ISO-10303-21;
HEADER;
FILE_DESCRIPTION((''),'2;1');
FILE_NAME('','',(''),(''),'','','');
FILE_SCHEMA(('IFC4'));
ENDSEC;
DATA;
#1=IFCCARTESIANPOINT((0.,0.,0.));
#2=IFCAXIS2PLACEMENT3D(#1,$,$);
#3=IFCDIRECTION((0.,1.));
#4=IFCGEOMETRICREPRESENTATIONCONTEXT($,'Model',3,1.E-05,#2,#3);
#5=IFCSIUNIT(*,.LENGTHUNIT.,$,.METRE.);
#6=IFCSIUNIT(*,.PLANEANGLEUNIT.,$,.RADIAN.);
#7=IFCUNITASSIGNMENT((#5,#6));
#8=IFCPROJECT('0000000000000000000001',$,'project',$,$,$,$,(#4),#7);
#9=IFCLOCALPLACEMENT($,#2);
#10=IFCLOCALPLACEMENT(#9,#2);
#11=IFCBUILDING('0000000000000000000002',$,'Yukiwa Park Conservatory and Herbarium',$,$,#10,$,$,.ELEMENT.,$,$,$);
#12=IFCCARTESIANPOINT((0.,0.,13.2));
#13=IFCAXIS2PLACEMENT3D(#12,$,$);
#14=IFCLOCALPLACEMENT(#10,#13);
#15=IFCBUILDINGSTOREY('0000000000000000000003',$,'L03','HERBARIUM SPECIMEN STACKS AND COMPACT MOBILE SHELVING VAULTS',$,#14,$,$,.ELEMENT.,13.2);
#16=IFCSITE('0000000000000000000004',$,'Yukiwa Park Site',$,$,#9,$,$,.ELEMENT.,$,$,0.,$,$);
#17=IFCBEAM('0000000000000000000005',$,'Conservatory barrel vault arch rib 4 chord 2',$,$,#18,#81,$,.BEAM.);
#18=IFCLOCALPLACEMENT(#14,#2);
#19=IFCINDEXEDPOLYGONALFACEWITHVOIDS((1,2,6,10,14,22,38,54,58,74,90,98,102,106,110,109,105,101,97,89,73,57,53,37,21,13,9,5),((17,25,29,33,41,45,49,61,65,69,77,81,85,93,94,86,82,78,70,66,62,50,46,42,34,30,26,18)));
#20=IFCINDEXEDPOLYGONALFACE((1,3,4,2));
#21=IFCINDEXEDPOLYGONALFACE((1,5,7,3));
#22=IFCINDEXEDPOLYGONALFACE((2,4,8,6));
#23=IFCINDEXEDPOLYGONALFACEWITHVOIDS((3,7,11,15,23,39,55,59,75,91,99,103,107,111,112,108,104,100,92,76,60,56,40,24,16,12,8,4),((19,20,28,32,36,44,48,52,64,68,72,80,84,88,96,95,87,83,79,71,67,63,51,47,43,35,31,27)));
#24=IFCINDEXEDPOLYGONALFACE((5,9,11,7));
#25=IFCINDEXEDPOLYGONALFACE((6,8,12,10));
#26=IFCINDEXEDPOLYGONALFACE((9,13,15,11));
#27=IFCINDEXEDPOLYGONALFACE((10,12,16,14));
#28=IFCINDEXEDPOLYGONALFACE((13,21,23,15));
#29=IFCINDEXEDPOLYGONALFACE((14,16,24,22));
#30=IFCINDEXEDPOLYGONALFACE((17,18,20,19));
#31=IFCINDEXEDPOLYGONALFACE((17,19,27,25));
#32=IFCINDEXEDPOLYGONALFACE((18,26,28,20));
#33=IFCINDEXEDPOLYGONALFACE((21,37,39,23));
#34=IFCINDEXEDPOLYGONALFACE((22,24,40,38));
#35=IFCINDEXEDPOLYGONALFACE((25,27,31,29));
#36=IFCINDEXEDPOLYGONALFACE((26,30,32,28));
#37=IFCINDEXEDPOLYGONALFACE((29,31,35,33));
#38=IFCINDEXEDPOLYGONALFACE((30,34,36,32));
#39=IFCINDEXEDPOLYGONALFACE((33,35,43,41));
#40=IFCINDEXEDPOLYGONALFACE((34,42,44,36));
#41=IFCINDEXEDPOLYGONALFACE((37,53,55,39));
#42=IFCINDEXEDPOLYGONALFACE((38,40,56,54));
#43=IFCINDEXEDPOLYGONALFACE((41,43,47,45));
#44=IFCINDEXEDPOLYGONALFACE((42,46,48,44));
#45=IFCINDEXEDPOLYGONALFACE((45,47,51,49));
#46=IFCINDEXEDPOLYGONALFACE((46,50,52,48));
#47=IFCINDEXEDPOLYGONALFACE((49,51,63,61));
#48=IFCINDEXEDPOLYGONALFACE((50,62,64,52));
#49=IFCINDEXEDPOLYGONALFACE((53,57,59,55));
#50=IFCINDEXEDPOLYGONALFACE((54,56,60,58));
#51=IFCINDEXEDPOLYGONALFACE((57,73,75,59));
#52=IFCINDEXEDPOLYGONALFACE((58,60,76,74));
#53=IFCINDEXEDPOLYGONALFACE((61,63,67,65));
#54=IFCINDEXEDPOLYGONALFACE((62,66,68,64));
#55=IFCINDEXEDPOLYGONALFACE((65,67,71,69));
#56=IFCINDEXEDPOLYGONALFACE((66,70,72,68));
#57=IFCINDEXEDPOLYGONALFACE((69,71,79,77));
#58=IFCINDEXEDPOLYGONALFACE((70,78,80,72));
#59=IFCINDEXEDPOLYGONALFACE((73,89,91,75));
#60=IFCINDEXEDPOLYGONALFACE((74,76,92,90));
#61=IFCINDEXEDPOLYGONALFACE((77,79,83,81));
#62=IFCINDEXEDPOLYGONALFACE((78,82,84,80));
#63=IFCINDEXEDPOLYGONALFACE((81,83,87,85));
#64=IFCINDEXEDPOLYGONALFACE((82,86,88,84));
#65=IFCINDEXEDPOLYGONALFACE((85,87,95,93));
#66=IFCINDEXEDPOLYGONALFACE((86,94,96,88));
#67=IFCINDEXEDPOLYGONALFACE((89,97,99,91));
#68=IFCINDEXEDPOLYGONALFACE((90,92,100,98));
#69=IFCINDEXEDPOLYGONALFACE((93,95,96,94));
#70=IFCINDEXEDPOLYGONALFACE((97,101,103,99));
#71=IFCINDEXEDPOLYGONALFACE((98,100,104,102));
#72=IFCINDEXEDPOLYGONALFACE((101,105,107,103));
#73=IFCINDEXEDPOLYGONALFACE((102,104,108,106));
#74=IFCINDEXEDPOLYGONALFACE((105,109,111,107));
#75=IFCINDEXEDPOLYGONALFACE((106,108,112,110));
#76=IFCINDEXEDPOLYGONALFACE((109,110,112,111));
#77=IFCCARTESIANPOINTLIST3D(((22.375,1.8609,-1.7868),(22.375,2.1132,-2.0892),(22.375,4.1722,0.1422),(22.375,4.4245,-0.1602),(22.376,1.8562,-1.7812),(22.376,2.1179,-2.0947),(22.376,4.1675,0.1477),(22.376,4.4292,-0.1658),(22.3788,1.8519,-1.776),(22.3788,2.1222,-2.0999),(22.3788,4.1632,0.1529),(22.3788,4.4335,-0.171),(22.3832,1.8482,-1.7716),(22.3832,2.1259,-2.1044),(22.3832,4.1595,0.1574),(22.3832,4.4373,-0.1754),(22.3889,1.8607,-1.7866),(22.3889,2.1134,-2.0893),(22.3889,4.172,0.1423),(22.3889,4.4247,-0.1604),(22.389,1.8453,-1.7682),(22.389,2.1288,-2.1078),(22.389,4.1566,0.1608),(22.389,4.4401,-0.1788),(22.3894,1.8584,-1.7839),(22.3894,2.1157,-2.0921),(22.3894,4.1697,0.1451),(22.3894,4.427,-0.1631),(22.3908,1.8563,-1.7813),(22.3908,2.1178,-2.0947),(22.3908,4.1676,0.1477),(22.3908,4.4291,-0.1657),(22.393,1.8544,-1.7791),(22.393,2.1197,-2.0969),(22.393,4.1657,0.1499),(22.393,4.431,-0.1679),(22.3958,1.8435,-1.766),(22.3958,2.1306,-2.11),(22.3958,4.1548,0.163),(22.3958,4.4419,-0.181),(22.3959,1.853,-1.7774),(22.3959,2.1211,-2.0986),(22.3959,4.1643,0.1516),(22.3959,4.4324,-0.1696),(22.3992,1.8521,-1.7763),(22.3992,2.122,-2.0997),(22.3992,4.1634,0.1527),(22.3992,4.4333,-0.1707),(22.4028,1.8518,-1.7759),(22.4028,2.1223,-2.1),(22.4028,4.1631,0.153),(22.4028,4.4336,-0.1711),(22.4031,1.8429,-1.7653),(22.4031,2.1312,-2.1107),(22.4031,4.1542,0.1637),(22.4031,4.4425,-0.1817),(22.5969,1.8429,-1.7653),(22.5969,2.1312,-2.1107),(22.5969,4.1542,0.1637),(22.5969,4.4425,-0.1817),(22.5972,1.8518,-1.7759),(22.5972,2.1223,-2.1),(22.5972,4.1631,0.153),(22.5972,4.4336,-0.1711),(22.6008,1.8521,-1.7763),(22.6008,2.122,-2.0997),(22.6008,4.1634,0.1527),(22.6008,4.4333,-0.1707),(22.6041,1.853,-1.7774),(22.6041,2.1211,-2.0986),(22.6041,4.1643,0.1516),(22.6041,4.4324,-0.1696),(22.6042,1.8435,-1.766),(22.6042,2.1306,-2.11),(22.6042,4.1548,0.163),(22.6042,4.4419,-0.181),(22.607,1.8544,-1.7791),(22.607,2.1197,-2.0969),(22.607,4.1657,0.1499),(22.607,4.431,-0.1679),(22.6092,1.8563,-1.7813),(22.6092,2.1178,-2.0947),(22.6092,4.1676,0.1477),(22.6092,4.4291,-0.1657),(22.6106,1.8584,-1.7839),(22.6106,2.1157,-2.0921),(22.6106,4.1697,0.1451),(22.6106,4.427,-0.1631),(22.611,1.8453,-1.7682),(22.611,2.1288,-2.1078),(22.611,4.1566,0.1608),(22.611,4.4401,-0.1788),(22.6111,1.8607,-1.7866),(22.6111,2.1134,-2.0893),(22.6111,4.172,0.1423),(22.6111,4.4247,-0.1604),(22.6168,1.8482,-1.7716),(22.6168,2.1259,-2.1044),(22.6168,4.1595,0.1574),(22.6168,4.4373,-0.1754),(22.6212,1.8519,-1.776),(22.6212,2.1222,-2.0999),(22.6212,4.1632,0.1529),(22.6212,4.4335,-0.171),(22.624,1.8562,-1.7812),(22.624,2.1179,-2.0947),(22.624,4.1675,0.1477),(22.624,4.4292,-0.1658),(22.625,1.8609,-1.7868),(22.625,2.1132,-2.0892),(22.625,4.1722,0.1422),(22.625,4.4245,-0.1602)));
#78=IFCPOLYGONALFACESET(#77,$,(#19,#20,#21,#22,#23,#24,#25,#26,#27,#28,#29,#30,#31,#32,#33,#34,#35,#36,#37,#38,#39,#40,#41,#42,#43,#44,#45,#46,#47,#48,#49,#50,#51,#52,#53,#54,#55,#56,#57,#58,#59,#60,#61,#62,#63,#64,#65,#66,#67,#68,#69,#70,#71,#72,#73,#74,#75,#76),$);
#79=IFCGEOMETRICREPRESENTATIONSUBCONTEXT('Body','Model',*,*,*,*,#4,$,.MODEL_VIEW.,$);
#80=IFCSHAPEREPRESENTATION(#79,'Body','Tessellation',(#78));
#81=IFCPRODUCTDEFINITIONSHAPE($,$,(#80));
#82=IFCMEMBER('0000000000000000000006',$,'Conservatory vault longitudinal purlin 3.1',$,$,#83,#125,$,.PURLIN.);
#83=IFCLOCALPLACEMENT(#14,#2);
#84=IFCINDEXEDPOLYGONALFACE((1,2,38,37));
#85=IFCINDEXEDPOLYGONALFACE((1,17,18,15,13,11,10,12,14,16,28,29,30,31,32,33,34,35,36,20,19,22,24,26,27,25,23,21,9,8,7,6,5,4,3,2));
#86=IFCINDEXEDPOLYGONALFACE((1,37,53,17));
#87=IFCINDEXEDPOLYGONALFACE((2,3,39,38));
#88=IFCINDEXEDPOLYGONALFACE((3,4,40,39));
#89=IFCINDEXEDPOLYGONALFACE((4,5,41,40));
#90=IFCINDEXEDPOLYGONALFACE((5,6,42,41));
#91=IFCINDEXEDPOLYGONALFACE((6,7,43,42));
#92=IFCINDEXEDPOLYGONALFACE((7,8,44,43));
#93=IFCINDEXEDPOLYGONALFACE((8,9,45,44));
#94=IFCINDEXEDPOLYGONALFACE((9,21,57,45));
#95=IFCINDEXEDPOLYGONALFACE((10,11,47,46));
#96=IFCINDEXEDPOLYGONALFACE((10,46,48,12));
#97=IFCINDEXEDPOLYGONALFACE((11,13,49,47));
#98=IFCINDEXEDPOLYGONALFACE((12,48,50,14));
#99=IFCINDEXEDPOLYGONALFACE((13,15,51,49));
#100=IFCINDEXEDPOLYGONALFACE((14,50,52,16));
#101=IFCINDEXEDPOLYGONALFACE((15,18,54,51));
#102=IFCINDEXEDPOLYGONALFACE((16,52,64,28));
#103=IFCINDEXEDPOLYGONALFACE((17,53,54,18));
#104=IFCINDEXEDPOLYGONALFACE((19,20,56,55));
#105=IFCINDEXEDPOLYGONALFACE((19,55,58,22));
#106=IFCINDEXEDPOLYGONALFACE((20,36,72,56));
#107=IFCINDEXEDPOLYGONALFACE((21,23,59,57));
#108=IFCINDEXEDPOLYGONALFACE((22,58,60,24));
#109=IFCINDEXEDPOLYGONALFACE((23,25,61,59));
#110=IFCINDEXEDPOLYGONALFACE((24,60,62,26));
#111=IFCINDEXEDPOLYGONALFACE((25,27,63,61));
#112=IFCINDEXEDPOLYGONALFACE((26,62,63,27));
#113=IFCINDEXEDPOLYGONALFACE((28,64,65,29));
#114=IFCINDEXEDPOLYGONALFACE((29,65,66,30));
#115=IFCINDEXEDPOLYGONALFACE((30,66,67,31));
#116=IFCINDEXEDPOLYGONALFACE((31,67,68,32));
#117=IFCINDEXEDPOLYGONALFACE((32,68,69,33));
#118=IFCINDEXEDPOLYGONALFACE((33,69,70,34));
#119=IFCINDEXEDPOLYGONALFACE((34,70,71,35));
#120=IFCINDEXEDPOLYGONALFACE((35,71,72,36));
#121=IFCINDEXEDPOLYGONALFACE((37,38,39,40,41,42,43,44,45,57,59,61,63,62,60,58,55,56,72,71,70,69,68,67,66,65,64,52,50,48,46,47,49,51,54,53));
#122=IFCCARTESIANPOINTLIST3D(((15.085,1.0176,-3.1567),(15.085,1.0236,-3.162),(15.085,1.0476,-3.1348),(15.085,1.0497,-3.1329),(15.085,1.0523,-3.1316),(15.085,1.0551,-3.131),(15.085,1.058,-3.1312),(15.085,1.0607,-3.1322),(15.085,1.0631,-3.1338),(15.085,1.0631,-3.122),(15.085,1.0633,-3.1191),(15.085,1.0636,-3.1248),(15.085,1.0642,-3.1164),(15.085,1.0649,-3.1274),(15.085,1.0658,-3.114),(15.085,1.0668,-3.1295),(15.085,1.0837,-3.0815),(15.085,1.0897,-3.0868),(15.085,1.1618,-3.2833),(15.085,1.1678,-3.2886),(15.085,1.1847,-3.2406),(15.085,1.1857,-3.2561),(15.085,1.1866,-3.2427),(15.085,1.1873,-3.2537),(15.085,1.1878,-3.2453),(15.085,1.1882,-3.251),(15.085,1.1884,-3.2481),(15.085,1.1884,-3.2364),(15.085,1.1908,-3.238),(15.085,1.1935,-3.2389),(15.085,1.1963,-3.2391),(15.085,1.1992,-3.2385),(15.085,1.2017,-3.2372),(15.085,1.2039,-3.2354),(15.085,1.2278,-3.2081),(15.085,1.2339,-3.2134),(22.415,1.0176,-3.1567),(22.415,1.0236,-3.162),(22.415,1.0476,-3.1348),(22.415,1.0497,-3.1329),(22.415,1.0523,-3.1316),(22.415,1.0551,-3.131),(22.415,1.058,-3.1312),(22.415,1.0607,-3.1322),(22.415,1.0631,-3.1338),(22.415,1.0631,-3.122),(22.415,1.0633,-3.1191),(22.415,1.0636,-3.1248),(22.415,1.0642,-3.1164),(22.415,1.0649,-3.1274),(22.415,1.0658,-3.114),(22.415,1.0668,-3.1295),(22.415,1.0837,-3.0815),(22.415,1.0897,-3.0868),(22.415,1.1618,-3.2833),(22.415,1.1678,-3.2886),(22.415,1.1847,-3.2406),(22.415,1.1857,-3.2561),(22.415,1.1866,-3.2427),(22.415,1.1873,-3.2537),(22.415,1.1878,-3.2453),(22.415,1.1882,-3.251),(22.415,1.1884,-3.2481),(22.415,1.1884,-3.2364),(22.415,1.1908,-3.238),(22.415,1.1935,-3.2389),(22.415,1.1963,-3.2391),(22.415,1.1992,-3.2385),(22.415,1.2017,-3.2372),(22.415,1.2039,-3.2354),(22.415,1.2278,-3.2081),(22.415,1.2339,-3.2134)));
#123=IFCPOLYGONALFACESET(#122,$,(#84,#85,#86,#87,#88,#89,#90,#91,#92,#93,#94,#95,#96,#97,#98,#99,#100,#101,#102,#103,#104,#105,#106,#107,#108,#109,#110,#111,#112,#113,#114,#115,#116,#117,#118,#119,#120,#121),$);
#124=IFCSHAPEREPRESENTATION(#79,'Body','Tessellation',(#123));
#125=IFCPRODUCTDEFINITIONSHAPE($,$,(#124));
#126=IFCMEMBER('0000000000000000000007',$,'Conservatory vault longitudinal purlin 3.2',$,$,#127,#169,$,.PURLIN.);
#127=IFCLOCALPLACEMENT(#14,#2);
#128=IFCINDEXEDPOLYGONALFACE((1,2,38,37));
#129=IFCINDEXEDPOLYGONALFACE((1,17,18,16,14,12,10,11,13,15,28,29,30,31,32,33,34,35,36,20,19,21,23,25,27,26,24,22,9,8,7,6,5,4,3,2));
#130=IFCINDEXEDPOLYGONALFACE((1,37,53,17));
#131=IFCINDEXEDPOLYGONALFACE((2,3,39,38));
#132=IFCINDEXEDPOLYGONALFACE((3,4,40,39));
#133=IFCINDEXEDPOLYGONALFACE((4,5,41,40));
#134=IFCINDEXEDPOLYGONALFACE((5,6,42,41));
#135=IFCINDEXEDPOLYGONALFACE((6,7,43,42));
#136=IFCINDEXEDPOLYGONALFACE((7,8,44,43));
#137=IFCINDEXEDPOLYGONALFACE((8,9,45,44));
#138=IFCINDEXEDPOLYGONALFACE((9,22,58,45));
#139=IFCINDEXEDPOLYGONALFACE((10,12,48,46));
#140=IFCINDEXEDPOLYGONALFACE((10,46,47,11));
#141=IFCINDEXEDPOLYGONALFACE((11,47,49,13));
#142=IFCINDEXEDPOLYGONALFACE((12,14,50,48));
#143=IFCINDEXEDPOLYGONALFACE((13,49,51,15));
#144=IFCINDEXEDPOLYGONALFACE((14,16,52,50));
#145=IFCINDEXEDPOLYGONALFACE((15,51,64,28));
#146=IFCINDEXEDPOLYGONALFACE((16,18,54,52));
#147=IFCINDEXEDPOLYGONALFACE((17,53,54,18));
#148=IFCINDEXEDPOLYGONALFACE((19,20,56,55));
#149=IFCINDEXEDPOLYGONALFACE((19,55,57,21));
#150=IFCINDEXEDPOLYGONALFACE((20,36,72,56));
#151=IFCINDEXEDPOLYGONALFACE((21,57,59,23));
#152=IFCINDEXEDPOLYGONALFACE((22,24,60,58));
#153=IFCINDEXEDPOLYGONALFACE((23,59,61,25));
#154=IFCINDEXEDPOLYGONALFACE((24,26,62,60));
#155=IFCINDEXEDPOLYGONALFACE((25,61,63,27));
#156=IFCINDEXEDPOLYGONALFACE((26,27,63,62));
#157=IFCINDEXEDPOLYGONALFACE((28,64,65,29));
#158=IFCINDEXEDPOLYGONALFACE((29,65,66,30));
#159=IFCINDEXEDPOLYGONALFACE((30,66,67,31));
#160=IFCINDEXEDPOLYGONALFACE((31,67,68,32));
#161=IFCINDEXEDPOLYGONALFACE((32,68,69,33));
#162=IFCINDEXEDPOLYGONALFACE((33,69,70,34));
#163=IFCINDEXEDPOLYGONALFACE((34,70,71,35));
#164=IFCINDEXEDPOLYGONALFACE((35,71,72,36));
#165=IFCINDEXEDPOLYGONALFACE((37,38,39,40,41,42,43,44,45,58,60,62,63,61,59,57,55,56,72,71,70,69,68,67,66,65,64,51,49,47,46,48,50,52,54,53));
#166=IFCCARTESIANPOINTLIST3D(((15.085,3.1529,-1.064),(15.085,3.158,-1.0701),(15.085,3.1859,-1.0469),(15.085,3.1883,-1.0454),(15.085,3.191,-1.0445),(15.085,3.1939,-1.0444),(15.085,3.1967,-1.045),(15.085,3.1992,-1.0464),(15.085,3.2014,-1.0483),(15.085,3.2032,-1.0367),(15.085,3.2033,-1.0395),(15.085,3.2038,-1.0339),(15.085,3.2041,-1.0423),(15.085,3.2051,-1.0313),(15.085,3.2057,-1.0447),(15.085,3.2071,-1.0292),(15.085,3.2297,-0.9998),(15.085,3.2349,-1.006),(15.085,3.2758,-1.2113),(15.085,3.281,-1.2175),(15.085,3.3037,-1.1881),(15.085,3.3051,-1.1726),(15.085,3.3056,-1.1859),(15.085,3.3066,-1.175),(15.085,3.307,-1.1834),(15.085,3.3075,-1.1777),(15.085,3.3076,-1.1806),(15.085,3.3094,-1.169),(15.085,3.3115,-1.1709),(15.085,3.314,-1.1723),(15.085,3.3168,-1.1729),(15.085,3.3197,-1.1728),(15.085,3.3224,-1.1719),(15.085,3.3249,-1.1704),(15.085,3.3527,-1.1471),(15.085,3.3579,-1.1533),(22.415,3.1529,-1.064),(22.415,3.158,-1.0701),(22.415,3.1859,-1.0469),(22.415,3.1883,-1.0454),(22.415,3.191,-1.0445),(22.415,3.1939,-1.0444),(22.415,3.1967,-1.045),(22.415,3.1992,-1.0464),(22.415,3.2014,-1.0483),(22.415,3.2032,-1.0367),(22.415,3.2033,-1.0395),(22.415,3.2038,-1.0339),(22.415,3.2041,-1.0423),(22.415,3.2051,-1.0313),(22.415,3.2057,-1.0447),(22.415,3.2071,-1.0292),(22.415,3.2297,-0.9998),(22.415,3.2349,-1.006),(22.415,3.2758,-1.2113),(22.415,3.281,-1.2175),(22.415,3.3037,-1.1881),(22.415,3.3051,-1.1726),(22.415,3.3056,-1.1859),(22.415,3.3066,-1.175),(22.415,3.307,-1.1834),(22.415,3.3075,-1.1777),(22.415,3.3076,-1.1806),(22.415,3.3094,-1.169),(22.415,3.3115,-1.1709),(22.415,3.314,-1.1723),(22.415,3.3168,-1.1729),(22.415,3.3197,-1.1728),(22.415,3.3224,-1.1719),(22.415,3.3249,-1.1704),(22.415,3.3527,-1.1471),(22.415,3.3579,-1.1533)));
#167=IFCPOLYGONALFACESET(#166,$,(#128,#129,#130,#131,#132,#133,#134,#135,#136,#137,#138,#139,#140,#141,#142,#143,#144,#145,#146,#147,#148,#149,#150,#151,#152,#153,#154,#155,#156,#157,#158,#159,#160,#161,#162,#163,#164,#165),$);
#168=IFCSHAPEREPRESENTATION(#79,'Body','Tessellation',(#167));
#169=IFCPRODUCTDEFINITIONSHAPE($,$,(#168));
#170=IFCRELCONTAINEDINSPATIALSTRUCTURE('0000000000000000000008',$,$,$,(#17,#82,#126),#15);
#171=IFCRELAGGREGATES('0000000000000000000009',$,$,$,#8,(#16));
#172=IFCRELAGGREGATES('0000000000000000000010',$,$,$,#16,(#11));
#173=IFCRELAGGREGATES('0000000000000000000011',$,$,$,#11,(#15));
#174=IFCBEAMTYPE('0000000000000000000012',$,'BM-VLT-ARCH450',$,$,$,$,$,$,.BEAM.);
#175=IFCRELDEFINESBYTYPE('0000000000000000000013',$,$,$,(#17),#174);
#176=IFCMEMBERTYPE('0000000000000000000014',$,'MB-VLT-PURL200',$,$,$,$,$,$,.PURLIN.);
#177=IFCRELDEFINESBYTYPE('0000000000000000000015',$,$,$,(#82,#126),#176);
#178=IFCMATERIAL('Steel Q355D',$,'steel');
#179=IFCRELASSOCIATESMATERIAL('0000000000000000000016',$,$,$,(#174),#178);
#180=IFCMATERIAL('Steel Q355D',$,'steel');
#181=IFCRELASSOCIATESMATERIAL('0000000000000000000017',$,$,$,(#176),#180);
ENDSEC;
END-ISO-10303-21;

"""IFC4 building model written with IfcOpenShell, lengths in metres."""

from ifc_helpers import new_model, si_unit, direction, frame, origin, origin_2d, place, context, subcontext, project, spatial, hollow_rectangle, i_section, extrude, material, material_profile, profile_set, type_object, element, save


model = new_model("IFC4")

# Units and contexts
model_context = context("Model", 3, precision=1e-05, world=origin(), true_north=direction((0.0, 1.0)))
body_context = subcontext(model_context, "Body", "Model", "MODEL_VIEW")
ifc_project = project(units=[si_unit("LENGTHUNIT", "METRE"), si_unit("PLANEANGLEUNIT", "RADIAN")], contexts=[model_context])

# Site, building, storey
site_placement = place(None, origin())
site = spatial("IfcSite", under=ifc_project, at=site_placement, Name="Yukiwa Park Site", CompositionType="ELEMENT", RefElevation=0.0)
building_placement = place(site_placement, origin())
building = spatial("IfcBuilding", under=site, at=building_placement, Name="Yukiwa Park Conservatory and Herbarium", CompositionType="ELEMENT")
storey_placement = place(building_placement, frame((0.0, 0.0, 13.2)))
storey = spatial("IfcBuildingStorey", under=building, at=storey_placement, Name="L03", Description="HERBARIUM SPECIMEN STACKS AND COMPACT MOBILE SHELVING VAULTS", CompositionType="ELEMENT", Elevation=13.2)

# Beam
ifc_material_1 = material(Name="Steel Q355D", Category="steel")
ifc_material_profile_1 = material_profile(ifc_material_1, hollow_rectangle(XDim=0.25, YDim=0.45, WallThickness=0.0139, InnerFilletRadius=0.0139, OuterFilletRadius=0.0281, at=origin_2d()), Name="RHS 450x250x14")
ifc_profile_set_1 = profile_set([ifc_material_profile_1], Name="Steel Q355D")
beam_type = type_object("IfcBeamType", Name="BM-VLT-ARCH450", PredefinedType="BEAM", material=ifc_profile_set_1)
beam_placement = place(storey_placement, frame((22.5, 1.9871, -1.938), z_axis=(0.0, 0.767749, 0.640751), x_axis=(-1.0, 0.0, 0.0)))
element("IfcBeam", 1, at=beam_placement, inside=storey, type_object=beam_type, Name="Conservatory barrel vault arch rib 4 chord 2", PredefinedType="BEAM", context=body_context, shape_type="SweptSolid", body=[
    extrude(hollow_rectangle(XDim=0.25, YDim=0.45, WallThickness=0.0139, InnerFilletRadius=0.0139, OuterFilletRadius=0.0281, at=origin_2d()), origin(), (0.0, 0.0, 1.0), 3.0105),
])

# Members
ifc_material_2 = material(Name="Steel Q355D", Category="steel")
ifc_material_profile_2 = material_profile(ifc_material_2, i_section(OverallWidth=0.1001, OverallDepth=0.2, WebThickness=0.0056, FlangeThickness=0.0081, FilletRadius=0.011, at=origin_2d()), Name="HN 200x100x5.5x8")
ifc_profile_set_2 = profile_set([ifc_material_profile_2], Name="Steel Q355D")
member_type_1 = type_object("IfcMemberType", Name="MB-VLT-PURL200", PredefinedType="PURLIN", material=ifc_profile_set_2)
for number, where, z_axis, x_axis, name in (
    (2, (15.085, 1.1257, -3.1851), (1.0, 0.0, 0.0), (0.0, 0.659968, 0.751294), "Conservatory vault longitudinal purlin 3.1"),
    (3, (15.085, 3.2554, -1.1086), (1.0, 0.0, 0.0), (0.0, 0.767751, 0.640748), "Conservatory vault longitudinal purlin 3.2"),
):
    element("IfcMember", number, at=place(storey_placement, frame(where, z_axis=z_axis, x_axis=x_axis)), inside=storey, type_object=member_type_1, Name=name, PredefinedType="PURLIN", context=body_context, shape_type="SweptSolid", body=[
        extrude(i_section(OverallWidth=0.1001, OverallDepth=0.2, WebThickness=0.0056, FlangeThickness=0.0081, FilletRadius=0.011, at=origin_2d()), origin(), (0.0, 0.0, 1.0), 7.3301),
    ])

save(model, "model.ifc")
